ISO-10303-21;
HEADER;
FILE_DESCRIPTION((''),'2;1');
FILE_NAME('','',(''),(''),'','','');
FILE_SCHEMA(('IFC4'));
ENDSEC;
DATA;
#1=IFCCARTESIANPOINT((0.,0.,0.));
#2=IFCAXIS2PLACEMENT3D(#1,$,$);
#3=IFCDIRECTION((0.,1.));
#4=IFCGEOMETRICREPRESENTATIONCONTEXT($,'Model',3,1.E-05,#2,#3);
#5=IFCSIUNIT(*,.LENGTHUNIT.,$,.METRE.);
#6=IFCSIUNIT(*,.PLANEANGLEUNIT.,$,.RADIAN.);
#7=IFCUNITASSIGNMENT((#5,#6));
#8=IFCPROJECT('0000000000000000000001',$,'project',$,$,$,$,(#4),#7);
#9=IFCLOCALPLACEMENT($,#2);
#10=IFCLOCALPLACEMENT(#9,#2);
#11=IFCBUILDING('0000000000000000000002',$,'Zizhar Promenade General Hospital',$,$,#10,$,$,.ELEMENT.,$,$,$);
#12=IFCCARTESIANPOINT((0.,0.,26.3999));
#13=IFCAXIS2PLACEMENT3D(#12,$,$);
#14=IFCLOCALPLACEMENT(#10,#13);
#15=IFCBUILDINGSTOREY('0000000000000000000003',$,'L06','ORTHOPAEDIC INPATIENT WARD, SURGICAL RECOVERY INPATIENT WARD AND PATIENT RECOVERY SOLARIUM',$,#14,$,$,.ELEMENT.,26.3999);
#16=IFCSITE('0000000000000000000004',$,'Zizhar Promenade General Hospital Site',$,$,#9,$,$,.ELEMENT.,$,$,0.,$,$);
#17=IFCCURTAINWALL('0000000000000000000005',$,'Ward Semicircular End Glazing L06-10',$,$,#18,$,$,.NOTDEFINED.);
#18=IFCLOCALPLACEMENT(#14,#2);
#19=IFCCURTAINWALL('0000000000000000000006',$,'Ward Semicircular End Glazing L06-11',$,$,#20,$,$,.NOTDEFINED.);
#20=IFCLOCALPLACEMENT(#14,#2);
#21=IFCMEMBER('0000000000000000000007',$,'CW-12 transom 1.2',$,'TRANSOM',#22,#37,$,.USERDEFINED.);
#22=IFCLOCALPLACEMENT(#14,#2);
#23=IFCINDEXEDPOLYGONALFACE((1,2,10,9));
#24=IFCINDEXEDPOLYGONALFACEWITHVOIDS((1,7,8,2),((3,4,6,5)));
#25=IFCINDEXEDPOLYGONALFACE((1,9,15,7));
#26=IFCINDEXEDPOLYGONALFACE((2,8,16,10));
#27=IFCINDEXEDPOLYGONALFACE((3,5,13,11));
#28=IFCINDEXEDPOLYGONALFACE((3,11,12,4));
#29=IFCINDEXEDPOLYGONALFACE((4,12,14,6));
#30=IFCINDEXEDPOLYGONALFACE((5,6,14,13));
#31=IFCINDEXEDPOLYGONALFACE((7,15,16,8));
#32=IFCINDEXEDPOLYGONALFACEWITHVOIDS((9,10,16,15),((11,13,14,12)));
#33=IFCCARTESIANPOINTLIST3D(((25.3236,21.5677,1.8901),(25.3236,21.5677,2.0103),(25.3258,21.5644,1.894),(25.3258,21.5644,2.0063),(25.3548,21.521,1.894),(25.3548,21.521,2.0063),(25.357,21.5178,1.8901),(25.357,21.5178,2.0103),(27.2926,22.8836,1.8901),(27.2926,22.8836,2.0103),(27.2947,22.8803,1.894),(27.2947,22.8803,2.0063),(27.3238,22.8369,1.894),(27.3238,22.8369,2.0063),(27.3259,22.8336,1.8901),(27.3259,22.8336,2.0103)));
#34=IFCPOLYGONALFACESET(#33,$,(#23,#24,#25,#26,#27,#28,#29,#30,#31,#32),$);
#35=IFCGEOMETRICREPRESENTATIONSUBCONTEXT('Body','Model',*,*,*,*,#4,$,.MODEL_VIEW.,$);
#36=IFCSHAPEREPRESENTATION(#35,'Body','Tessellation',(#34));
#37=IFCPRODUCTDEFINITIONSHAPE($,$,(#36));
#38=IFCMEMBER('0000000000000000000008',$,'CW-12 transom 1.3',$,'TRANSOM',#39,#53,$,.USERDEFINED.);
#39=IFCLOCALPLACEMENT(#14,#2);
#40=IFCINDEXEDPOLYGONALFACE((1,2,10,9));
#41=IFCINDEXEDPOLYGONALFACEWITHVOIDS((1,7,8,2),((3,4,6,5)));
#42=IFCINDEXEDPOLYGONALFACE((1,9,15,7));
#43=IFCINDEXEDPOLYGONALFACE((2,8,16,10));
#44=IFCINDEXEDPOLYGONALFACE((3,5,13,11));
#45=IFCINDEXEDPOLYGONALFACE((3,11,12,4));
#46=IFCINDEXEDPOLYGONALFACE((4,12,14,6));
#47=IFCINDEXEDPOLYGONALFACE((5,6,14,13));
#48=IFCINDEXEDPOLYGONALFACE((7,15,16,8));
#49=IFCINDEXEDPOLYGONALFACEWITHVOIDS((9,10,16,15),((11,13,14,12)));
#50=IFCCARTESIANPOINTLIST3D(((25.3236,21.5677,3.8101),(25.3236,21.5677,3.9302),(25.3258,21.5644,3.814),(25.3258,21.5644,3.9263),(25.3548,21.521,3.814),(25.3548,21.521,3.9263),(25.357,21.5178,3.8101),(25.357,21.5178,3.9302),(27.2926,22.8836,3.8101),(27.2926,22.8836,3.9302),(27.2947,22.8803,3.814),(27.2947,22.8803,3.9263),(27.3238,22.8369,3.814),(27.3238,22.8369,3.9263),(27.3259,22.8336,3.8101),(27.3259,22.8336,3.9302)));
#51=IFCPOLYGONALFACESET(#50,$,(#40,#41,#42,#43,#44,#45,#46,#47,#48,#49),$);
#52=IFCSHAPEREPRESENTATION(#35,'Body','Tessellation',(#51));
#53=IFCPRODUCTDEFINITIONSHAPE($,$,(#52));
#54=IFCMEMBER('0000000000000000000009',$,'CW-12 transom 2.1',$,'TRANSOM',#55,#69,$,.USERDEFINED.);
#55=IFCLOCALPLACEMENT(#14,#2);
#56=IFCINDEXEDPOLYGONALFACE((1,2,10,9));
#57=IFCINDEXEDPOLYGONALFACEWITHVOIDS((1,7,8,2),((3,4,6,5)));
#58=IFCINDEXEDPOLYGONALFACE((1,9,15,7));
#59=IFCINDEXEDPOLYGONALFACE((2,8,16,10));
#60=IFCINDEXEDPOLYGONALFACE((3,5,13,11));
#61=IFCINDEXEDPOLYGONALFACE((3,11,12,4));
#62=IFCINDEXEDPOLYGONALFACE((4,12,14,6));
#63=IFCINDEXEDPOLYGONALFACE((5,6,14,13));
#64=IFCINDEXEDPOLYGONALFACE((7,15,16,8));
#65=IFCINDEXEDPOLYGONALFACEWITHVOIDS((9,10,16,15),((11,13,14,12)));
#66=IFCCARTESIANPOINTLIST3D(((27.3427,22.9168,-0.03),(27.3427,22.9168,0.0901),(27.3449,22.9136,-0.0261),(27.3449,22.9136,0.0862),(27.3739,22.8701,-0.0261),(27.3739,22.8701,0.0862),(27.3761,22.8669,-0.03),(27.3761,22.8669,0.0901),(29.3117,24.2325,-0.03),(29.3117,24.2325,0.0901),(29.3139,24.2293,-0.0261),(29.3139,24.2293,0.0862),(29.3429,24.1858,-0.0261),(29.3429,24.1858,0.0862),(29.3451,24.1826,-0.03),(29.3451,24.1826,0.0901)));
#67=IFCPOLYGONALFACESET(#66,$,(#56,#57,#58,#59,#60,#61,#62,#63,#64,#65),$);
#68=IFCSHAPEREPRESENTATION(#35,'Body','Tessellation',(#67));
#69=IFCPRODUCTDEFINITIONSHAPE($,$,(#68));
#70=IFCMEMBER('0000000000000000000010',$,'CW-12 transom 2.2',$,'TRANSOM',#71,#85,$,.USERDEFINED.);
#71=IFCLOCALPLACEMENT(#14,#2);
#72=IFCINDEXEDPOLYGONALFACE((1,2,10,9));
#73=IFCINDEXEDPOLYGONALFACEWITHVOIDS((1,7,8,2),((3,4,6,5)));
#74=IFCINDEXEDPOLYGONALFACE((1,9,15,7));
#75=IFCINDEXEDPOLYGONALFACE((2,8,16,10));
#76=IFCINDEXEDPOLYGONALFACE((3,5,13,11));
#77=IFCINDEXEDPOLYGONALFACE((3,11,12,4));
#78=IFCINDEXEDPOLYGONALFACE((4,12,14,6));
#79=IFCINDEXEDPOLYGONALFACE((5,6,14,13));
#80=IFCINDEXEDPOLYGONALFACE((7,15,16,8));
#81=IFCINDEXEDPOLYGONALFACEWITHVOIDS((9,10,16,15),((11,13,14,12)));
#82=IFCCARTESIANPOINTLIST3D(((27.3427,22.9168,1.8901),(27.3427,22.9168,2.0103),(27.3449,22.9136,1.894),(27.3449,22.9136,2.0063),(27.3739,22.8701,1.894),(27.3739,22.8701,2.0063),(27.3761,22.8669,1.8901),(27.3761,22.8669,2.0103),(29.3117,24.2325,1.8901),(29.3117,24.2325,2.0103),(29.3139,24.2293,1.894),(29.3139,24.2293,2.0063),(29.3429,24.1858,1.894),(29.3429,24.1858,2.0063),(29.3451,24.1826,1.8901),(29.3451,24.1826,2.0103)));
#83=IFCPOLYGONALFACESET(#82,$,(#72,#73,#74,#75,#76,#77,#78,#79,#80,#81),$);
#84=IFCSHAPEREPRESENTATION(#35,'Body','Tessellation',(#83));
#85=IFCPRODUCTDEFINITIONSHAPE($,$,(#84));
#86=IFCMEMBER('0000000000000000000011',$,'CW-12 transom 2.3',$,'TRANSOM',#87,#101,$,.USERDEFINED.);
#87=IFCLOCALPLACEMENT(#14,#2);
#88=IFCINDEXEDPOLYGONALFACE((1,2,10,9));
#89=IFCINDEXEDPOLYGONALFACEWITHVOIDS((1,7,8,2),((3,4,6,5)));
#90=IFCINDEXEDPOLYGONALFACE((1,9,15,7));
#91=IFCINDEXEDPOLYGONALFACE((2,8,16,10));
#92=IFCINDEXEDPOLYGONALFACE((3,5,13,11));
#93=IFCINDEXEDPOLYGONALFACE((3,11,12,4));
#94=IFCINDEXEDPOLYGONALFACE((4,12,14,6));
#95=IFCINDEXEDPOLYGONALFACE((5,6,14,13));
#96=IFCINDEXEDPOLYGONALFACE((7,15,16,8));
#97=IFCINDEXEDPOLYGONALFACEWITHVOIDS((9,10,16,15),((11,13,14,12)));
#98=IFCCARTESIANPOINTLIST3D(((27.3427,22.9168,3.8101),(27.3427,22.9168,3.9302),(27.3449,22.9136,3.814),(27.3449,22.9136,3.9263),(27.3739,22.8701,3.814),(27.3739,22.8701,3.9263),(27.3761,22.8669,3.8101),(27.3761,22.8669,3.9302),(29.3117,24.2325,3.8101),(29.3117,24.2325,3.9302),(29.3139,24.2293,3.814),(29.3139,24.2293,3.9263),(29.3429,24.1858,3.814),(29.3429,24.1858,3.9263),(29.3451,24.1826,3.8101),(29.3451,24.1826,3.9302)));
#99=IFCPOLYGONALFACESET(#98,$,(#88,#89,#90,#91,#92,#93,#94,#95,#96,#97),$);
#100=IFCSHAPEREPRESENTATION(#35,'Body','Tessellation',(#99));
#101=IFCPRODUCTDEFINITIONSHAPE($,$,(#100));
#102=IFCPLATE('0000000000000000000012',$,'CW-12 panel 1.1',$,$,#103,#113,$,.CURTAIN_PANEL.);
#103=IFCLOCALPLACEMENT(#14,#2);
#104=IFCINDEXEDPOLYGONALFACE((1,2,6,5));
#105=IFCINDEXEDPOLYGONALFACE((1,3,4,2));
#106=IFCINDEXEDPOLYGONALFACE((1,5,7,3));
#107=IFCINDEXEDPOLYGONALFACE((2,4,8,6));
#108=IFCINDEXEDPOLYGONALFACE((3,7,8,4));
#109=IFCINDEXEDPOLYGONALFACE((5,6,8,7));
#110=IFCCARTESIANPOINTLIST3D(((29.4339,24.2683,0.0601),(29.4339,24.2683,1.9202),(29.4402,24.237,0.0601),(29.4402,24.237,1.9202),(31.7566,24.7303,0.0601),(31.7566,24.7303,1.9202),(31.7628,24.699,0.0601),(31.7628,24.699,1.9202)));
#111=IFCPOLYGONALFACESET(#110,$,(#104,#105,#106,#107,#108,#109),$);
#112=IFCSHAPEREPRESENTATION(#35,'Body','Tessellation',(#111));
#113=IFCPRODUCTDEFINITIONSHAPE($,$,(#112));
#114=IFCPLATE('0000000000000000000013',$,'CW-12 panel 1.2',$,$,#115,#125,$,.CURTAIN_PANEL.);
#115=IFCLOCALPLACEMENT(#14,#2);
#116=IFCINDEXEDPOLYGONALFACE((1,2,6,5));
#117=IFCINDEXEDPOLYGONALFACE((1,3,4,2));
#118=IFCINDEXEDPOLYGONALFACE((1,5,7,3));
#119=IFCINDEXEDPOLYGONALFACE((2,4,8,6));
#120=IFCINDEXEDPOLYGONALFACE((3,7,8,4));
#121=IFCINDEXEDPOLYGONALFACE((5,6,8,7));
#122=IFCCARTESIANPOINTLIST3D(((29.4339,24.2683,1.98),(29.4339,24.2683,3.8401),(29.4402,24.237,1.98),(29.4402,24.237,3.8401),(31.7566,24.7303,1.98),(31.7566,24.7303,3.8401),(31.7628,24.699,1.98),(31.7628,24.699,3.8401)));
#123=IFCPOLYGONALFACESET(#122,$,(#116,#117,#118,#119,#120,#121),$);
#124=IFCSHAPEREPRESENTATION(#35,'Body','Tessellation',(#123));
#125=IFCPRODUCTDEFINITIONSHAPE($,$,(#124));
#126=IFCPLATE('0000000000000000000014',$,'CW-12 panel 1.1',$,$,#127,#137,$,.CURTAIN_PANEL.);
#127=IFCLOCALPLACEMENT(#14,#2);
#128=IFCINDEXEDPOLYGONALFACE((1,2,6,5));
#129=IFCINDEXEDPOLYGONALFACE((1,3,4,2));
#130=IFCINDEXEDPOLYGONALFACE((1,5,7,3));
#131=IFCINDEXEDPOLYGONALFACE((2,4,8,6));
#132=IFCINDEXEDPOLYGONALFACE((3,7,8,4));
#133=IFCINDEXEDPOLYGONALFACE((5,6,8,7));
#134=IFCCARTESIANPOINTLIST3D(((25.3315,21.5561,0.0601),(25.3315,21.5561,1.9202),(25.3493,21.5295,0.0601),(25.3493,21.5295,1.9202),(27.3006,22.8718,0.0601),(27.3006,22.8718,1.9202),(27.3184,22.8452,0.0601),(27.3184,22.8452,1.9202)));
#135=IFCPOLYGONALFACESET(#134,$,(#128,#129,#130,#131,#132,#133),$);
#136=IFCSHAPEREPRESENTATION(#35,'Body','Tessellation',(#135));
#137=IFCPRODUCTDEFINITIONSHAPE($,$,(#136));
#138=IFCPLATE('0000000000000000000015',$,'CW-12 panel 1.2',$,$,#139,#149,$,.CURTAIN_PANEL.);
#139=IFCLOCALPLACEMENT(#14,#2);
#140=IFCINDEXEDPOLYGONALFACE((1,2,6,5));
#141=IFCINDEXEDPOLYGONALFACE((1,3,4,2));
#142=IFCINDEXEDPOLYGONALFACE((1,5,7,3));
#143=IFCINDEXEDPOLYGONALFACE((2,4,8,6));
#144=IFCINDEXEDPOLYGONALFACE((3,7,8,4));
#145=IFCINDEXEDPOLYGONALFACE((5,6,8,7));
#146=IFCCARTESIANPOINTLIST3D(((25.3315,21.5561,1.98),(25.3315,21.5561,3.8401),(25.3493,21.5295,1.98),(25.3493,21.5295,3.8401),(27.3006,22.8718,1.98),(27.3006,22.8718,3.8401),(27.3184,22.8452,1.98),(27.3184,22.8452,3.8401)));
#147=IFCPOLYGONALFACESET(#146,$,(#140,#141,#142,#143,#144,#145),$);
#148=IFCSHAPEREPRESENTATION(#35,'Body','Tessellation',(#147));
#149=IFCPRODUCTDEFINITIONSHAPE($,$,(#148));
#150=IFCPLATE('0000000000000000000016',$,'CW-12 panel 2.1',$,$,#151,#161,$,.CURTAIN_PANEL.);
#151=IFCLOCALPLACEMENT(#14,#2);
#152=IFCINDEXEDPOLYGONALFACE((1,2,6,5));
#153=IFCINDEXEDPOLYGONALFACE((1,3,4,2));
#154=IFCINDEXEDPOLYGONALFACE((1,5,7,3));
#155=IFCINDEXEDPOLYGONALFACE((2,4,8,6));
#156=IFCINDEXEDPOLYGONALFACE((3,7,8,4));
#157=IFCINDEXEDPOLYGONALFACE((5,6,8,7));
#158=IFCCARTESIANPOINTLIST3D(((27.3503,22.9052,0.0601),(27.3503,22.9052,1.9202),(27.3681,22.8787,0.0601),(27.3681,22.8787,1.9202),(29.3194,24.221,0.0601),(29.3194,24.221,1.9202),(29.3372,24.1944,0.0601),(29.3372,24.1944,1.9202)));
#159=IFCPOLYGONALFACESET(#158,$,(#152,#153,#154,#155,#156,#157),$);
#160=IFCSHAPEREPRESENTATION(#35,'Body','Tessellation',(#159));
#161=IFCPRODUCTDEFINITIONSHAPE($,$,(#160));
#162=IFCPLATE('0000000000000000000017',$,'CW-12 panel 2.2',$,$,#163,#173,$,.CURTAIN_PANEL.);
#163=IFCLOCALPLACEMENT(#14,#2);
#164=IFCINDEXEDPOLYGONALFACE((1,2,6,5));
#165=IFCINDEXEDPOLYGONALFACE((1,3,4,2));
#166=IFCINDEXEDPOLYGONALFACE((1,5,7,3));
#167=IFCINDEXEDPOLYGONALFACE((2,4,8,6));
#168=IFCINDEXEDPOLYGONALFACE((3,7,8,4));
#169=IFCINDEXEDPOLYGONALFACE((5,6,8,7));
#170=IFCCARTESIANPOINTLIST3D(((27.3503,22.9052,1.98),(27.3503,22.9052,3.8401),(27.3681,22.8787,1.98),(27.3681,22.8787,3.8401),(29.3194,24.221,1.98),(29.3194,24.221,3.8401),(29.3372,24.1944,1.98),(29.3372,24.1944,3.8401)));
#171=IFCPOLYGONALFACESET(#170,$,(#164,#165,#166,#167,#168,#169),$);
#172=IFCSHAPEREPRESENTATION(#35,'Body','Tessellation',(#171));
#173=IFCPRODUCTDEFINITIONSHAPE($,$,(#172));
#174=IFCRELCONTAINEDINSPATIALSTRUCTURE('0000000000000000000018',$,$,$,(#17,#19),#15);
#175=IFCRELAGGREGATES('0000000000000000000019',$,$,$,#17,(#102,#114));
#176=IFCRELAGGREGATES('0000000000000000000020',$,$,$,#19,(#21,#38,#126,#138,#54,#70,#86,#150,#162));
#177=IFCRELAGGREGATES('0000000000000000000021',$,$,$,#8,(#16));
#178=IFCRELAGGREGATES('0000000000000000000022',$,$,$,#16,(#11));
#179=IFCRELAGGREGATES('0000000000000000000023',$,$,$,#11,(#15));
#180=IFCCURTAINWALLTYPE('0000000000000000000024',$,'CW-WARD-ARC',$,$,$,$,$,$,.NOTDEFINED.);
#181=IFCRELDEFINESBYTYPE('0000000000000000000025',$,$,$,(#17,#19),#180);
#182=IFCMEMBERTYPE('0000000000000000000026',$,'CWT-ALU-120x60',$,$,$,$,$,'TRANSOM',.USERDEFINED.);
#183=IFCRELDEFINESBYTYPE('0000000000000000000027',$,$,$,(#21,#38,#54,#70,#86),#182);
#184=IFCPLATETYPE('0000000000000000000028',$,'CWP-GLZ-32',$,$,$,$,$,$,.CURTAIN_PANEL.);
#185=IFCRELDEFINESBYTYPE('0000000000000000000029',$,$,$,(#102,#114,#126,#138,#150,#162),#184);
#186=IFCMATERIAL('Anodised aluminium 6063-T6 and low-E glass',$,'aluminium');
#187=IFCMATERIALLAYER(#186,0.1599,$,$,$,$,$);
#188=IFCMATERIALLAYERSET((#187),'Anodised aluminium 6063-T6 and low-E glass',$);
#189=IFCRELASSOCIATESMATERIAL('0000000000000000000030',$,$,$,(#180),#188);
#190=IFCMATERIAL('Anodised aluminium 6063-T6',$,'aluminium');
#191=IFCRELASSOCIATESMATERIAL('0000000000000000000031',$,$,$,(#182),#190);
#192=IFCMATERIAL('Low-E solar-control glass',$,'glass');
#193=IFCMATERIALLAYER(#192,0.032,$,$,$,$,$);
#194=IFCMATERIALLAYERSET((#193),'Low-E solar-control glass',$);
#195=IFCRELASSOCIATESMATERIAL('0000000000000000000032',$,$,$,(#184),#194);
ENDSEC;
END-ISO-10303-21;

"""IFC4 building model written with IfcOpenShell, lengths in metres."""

from ifc_helpers import new_model, si_unit, direction, frame, origin, origin_2d, place, context, subcontext, project, spatial, rectangle, hollow_rectangle, extrude, material, layer, layer_set, material_profile, profile_set, type_object, element, aggregate, save


model = new_model("IFC4")

# Units and contexts
model_context = context("Model", 3, precision=1e-05, world=origin(), true_north=direction((0.0, 1.0)))
body_context = subcontext(model_context, "Body", "Model", "MODEL_VIEW")
ifc_project = project(units=[si_unit("LENGTHUNIT", "METRE"), si_unit("PLANEANGLEUNIT", "RADIAN")], contexts=[model_context])

# Site, building, storey
site_placement = place(None, origin())
site = spatial("IfcSite", under=ifc_project, at=site_placement, Name="Zizhar Promenade General Hospital Site", CompositionType="ELEMENT", RefElevation=0.0)
building_placement = place(site_placement, origin())
building = spatial("IfcBuilding", under=site, at=building_placement, Name="Zizhar Promenade General Hospital", CompositionType="ELEMENT")
storey_placement = place(building_placement, frame((0.0, 0.0, 26.3999)))
storey = spatial("IfcBuildingStorey", under=building, at=storey_placement, Name="L06", Description="ORTHOPAEDIC INPATIENT WARD, SURGICAL RECOVERY INPATIENT WARD AND PATIENT RECOVERY SOLARIUM", CompositionType="ELEMENT", Elevation=26.3999)

# Curtain walls
ifc_material_1 = material(Name="Anodised aluminium 6063-T6 and low-E glass", Category="aluminium")
ifc_layer_1 = layer(ifc_material_1, 0.1599)
ifc_layer_set_1 = layer_set([ifc_layer_1], Name="Anodised aluminium 6063-T6 and low-E glass")
curtain_wall_type = type_object("IfcCurtainWallType", Name="CW-WARD-ARC", PredefinedType="NOTDEFINED", material=ifc_layer_set_1)
curtain_wall_1_placement = place(storey_placement, origin())
curtain_wall_1 = element("IfcCurtainWall", 1, at=curtain_wall_1_placement, inside=storey, type_object=curtain_wall_type, Name="Ward Semicircular End Glazing L06-10", PredefinedType="NOTDEFINED")
curtain_wall_2_placement = place(storey_placement, origin())
curtain_wall_2 = element("IfcCurtainWall", 2, at=curtain_wall_2_placement, inside=storey, type_object=curtain_wall_type, Name="Ward Semicircular End Glazing L06-11", PredefinedType="NOTDEFINED")

# Members
ifc_material_2 = material(Name="Anodised aluminium 6063-T6", Category="aluminium")
ifc_material_profile_1 = material_profile(ifc_material_2, hollow_rectangle(XDim=0.0601, YDim=0.1201, WallThickness=0.0039, at=origin_2d()))
ifc_profile_set_1 = profile_set([ifc_material_profile_1], Name="Anodised aluminium 6063-T6")
member_type_1 = type_object("IfcMemberType", Name="CWT-ALU-120x60", ElementType="TRANSOM", PredefinedType="USERDEFINED", material=ifc_profile_set_1)
member_1_placement = place(storey_placement, frame((25.3403, 21.5427, 1.9502), z_axis=(0.831415, 0.555651, 0.0), x_axis=(-0.555651, 0.831415, 0.0)))
member_1 = element("IfcMember", 3, at=member_1_placement, type_object=member_type_1, Name="CW-12 transom 1.2", ObjectType="TRANSOM", PredefinedType="USERDEFINED", context=body_context, shape_type="SweptSolid", body=[
    extrude(hollow_rectangle(XDim=0.0601, YDim=0.1201, WallThickness=0.0039, at=origin_2d()), origin(), (0.0, 0.0, 1.0), 2.3682),
])
member_2_placement = place(storey_placement, frame((25.3403, 21.5427, 3.8701), z_axis=(0.831415, 0.555651, 0.0), x_axis=(-0.555651, 0.831415, 0.0)))
member_2 = element("IfcMember", 4, at=member_2_placement, type_object=member_type_1, Name="CW-12 transom 1.3", ObjectType="TRANSOM", PredefinedType="USERDEFINED", context=body_context, shape_type="SweptSolid", body=[
    extrude(hollow_rectangle(XDim=0.0601, YDim=0.1201, WallThickness=0.0039, at=origin_2d()), origin(), (0.0, 0.0, 1.0), 2.3682),
])
member_3_placement = place(storey_placement, frame((27.3594, 22.8918, 0.03), z_axis=(0.831463, 0.55558, 0.0), x_axis=(-0.55558, 0.831463, 0.0)))
member_3 = element("IfcMember", 5, at=member_3_placement, type_object=member_type_1, Name="CW-12 transom 2.1", ObjectType="TRANSOM", PredefinedType="USERDEFINED", context=body_context, shape_type="SweptSolid", body=[
    extrude(hollow_rectangle(XDim=0.0601, YDim=0.1201, WallThickness=0.0039, at=origin_2d()), origin(), (0.0, 0.0, 1.0), 2.3682),
])
member_4_placement = place(storey_placement, frame((27.3594, 22.8918, 1.9502), z_axis=(0.831463, 0.55558, 0.0), x_axis=(-0.55558, 0.831463, 0.0)))
member_4 = element("IfcMember", 6, at=member_4_placement, type_object=member_type_1, Name="CW-12 transom 2.2", ObjectType="TRANSOM", PredefinedType="USERDEFINED", context=body_context, shape_type="SweptSolid", body=[
    extrude(hollow_rectangle(XDim=0.0601, YDim=0.1201, WallThickness=0.0039, at=origin_2d()), origin(), (0.0, 0.0, 1.0), 2.3682),
])
member_5_placement = place(storey_placement, frame((27.3594, 22.8918, 3.8701), z_axis=(0.831463, 0.55558, 0.0), x_axis=(-0.55558, 0.831463, 0.0)))
member_5 = element("IfcMember", 7, at=member_5_placement, type_object=member_type_1, Name="CW-12 transom 2.3", ObjectType="TRANSOM", PredefinedType="USERDEFINED", context=body_context, shape_type="SweptSolid", body=[
    extrude(hollow_rectangle(XDim=0.0601, YDim=0.1201, WallThickness=0.0039, at=origin_2d()), origin(), (0.0, 0.0, 1.0), 2.3682),
])

# Plates
ifc_material_3 = material(Name="Low-E solar-control glass", Category="glass")
ifc_layer_2 = layer(ifc_material_3, 0.032)
ifc_layer_set_2 = layer_set([ifc_layer_2], Name="Low-E solar-control glass")
plate_type = type_object("IfcPlateType", Name="CWP-GLZ-32", PredefinedType="CURTAIN_PANEL", material=ifc_layer_set_2)
plate_1_placement = place(storey_placement, frame((30.5984, 24.4836, 0.0601), z_axis=(0.0, 0.0, 1.0), x_axis=(0.980786, 0.195087, 0.0)))
plate_1 = element("IfcPlate", 8, at=plate_1_placement, type_object=plate_type, Name="CW-12 panel 1.1", PredefinedType="CURTAIN_PANEL", context=body_context, shape_type="SweptSolid", body=[
    extrude(rectangle(XDim=2.3682, YDim=0.032, at=origin_2d()), origin(), (0.0, 0.0, 1.0), 1.8601),
])
plate_2_placement = place(storey_placement, frame((30.5984, 24.4836, 1.98), z_axis=(0.0, 0.0, 1.0), x_axis=(0.980786, 0.195087, 0.0)))
plate_2 = element("IfcPlate", 9, at=plate_2_placement, type_object=plate_type, Name="CW-12 panel 1.2", PredefinedType="CURTAIN_PANEL", context=body_context, shape_type="SweptSolid", body=[
    extrude(rectangle(XDim=2.3682, YDim=0.032, at=origin_2d()), origin(), (0.0, 0.0, 1.0), 1.8601),
])
aggregate(curtain_wall_1, [plate_1, plate_2])
plate_3_placement = place(storey_placement, frame((26.325, 22.2007, 0.0601), z_axis=(0.0, 0.0, 1.0), x_axis=(0.831462, 0.555582, 0.0)))
plate_3 = element("IfcPlate", 10, at=plate_3_placement, type_object=plate_type, Name="CW-12 panel 1.1", PredefinedType="CURTAIN_PANEL", context=body_context, shape_type="SweptSolid", body=[
    extrude(rectangle(XDim=2.3682, YDim=0.032, at=origin_2d()), origin(), (0.0, 0.0, 1.0), 1.8601),
])
plate_4_placement = place(storey_placement, frame((26.325, 22.2007, 1.98), z_axis=(0.0, 0.0, 1.0), x_axis=(0.831462, 0.555582, 0.0)))
plate_4 = element("IfcPlate", 11, at=plate_4_placement, type_object=plate_type, Name="CW-12 panel 1.2", PredefinedType="CURTAIN_PANEL", context=body_context, shape_type="SweptSolid", body=[
    extrude(rectangle(XDim=2.3682, YDim=0.032, at=origin_2d()), origin(), (0.0, 0.0, 1.0), 1.8601),
])
plate_5_placement = place(storey_placement, frame((28.3438, 23.5498, 0.0601), z_axis=(0.0, 0.0, 1.0), x_axis=(0.831462, 0.555582, 0.0)))
plate_5 = element("IfcPlate", 12, at=plate_5_placement, type_object=plate_type, Name="CW-12 panel 2.1", PredefinedType="CURTAIN_PANEL", context=body_context, shape_type="SweptSolid", body=[
    extrude(rectangle(XDim=2.3682, YDim=0.032, at=origin_2d()), origin(), (0.0, 0.0, 1.0), 1.8601),
])
plate_6_placement = place(storey_placement, frame((28.3438, 23.5498, 1.98), z_axis=(0.0, 0.0, 1.0), x_axis=(0.831462, 0.555582, 0.0)))
plate_6 = element("IfcPlate", 13, at=plate_6_placement, type_object=plate_type, Name="CW-12 panel 2.2", PredefinedType="CURTAIN_PANEL", context=body_context, shape_type="SweptSolid", body=[
    extrude(rectangle(XDim=2.3682, YDim=0.032, at=origin_2d()), origin(), (0.0, 0.0, 1.0), 1.8601),
])
aggregate(curtain_wall_2, [member_1, member_2, plate_3, plate_4, member_3, member_4, member_5, plate_5, plate_6])

save(model, "model.ifc")
